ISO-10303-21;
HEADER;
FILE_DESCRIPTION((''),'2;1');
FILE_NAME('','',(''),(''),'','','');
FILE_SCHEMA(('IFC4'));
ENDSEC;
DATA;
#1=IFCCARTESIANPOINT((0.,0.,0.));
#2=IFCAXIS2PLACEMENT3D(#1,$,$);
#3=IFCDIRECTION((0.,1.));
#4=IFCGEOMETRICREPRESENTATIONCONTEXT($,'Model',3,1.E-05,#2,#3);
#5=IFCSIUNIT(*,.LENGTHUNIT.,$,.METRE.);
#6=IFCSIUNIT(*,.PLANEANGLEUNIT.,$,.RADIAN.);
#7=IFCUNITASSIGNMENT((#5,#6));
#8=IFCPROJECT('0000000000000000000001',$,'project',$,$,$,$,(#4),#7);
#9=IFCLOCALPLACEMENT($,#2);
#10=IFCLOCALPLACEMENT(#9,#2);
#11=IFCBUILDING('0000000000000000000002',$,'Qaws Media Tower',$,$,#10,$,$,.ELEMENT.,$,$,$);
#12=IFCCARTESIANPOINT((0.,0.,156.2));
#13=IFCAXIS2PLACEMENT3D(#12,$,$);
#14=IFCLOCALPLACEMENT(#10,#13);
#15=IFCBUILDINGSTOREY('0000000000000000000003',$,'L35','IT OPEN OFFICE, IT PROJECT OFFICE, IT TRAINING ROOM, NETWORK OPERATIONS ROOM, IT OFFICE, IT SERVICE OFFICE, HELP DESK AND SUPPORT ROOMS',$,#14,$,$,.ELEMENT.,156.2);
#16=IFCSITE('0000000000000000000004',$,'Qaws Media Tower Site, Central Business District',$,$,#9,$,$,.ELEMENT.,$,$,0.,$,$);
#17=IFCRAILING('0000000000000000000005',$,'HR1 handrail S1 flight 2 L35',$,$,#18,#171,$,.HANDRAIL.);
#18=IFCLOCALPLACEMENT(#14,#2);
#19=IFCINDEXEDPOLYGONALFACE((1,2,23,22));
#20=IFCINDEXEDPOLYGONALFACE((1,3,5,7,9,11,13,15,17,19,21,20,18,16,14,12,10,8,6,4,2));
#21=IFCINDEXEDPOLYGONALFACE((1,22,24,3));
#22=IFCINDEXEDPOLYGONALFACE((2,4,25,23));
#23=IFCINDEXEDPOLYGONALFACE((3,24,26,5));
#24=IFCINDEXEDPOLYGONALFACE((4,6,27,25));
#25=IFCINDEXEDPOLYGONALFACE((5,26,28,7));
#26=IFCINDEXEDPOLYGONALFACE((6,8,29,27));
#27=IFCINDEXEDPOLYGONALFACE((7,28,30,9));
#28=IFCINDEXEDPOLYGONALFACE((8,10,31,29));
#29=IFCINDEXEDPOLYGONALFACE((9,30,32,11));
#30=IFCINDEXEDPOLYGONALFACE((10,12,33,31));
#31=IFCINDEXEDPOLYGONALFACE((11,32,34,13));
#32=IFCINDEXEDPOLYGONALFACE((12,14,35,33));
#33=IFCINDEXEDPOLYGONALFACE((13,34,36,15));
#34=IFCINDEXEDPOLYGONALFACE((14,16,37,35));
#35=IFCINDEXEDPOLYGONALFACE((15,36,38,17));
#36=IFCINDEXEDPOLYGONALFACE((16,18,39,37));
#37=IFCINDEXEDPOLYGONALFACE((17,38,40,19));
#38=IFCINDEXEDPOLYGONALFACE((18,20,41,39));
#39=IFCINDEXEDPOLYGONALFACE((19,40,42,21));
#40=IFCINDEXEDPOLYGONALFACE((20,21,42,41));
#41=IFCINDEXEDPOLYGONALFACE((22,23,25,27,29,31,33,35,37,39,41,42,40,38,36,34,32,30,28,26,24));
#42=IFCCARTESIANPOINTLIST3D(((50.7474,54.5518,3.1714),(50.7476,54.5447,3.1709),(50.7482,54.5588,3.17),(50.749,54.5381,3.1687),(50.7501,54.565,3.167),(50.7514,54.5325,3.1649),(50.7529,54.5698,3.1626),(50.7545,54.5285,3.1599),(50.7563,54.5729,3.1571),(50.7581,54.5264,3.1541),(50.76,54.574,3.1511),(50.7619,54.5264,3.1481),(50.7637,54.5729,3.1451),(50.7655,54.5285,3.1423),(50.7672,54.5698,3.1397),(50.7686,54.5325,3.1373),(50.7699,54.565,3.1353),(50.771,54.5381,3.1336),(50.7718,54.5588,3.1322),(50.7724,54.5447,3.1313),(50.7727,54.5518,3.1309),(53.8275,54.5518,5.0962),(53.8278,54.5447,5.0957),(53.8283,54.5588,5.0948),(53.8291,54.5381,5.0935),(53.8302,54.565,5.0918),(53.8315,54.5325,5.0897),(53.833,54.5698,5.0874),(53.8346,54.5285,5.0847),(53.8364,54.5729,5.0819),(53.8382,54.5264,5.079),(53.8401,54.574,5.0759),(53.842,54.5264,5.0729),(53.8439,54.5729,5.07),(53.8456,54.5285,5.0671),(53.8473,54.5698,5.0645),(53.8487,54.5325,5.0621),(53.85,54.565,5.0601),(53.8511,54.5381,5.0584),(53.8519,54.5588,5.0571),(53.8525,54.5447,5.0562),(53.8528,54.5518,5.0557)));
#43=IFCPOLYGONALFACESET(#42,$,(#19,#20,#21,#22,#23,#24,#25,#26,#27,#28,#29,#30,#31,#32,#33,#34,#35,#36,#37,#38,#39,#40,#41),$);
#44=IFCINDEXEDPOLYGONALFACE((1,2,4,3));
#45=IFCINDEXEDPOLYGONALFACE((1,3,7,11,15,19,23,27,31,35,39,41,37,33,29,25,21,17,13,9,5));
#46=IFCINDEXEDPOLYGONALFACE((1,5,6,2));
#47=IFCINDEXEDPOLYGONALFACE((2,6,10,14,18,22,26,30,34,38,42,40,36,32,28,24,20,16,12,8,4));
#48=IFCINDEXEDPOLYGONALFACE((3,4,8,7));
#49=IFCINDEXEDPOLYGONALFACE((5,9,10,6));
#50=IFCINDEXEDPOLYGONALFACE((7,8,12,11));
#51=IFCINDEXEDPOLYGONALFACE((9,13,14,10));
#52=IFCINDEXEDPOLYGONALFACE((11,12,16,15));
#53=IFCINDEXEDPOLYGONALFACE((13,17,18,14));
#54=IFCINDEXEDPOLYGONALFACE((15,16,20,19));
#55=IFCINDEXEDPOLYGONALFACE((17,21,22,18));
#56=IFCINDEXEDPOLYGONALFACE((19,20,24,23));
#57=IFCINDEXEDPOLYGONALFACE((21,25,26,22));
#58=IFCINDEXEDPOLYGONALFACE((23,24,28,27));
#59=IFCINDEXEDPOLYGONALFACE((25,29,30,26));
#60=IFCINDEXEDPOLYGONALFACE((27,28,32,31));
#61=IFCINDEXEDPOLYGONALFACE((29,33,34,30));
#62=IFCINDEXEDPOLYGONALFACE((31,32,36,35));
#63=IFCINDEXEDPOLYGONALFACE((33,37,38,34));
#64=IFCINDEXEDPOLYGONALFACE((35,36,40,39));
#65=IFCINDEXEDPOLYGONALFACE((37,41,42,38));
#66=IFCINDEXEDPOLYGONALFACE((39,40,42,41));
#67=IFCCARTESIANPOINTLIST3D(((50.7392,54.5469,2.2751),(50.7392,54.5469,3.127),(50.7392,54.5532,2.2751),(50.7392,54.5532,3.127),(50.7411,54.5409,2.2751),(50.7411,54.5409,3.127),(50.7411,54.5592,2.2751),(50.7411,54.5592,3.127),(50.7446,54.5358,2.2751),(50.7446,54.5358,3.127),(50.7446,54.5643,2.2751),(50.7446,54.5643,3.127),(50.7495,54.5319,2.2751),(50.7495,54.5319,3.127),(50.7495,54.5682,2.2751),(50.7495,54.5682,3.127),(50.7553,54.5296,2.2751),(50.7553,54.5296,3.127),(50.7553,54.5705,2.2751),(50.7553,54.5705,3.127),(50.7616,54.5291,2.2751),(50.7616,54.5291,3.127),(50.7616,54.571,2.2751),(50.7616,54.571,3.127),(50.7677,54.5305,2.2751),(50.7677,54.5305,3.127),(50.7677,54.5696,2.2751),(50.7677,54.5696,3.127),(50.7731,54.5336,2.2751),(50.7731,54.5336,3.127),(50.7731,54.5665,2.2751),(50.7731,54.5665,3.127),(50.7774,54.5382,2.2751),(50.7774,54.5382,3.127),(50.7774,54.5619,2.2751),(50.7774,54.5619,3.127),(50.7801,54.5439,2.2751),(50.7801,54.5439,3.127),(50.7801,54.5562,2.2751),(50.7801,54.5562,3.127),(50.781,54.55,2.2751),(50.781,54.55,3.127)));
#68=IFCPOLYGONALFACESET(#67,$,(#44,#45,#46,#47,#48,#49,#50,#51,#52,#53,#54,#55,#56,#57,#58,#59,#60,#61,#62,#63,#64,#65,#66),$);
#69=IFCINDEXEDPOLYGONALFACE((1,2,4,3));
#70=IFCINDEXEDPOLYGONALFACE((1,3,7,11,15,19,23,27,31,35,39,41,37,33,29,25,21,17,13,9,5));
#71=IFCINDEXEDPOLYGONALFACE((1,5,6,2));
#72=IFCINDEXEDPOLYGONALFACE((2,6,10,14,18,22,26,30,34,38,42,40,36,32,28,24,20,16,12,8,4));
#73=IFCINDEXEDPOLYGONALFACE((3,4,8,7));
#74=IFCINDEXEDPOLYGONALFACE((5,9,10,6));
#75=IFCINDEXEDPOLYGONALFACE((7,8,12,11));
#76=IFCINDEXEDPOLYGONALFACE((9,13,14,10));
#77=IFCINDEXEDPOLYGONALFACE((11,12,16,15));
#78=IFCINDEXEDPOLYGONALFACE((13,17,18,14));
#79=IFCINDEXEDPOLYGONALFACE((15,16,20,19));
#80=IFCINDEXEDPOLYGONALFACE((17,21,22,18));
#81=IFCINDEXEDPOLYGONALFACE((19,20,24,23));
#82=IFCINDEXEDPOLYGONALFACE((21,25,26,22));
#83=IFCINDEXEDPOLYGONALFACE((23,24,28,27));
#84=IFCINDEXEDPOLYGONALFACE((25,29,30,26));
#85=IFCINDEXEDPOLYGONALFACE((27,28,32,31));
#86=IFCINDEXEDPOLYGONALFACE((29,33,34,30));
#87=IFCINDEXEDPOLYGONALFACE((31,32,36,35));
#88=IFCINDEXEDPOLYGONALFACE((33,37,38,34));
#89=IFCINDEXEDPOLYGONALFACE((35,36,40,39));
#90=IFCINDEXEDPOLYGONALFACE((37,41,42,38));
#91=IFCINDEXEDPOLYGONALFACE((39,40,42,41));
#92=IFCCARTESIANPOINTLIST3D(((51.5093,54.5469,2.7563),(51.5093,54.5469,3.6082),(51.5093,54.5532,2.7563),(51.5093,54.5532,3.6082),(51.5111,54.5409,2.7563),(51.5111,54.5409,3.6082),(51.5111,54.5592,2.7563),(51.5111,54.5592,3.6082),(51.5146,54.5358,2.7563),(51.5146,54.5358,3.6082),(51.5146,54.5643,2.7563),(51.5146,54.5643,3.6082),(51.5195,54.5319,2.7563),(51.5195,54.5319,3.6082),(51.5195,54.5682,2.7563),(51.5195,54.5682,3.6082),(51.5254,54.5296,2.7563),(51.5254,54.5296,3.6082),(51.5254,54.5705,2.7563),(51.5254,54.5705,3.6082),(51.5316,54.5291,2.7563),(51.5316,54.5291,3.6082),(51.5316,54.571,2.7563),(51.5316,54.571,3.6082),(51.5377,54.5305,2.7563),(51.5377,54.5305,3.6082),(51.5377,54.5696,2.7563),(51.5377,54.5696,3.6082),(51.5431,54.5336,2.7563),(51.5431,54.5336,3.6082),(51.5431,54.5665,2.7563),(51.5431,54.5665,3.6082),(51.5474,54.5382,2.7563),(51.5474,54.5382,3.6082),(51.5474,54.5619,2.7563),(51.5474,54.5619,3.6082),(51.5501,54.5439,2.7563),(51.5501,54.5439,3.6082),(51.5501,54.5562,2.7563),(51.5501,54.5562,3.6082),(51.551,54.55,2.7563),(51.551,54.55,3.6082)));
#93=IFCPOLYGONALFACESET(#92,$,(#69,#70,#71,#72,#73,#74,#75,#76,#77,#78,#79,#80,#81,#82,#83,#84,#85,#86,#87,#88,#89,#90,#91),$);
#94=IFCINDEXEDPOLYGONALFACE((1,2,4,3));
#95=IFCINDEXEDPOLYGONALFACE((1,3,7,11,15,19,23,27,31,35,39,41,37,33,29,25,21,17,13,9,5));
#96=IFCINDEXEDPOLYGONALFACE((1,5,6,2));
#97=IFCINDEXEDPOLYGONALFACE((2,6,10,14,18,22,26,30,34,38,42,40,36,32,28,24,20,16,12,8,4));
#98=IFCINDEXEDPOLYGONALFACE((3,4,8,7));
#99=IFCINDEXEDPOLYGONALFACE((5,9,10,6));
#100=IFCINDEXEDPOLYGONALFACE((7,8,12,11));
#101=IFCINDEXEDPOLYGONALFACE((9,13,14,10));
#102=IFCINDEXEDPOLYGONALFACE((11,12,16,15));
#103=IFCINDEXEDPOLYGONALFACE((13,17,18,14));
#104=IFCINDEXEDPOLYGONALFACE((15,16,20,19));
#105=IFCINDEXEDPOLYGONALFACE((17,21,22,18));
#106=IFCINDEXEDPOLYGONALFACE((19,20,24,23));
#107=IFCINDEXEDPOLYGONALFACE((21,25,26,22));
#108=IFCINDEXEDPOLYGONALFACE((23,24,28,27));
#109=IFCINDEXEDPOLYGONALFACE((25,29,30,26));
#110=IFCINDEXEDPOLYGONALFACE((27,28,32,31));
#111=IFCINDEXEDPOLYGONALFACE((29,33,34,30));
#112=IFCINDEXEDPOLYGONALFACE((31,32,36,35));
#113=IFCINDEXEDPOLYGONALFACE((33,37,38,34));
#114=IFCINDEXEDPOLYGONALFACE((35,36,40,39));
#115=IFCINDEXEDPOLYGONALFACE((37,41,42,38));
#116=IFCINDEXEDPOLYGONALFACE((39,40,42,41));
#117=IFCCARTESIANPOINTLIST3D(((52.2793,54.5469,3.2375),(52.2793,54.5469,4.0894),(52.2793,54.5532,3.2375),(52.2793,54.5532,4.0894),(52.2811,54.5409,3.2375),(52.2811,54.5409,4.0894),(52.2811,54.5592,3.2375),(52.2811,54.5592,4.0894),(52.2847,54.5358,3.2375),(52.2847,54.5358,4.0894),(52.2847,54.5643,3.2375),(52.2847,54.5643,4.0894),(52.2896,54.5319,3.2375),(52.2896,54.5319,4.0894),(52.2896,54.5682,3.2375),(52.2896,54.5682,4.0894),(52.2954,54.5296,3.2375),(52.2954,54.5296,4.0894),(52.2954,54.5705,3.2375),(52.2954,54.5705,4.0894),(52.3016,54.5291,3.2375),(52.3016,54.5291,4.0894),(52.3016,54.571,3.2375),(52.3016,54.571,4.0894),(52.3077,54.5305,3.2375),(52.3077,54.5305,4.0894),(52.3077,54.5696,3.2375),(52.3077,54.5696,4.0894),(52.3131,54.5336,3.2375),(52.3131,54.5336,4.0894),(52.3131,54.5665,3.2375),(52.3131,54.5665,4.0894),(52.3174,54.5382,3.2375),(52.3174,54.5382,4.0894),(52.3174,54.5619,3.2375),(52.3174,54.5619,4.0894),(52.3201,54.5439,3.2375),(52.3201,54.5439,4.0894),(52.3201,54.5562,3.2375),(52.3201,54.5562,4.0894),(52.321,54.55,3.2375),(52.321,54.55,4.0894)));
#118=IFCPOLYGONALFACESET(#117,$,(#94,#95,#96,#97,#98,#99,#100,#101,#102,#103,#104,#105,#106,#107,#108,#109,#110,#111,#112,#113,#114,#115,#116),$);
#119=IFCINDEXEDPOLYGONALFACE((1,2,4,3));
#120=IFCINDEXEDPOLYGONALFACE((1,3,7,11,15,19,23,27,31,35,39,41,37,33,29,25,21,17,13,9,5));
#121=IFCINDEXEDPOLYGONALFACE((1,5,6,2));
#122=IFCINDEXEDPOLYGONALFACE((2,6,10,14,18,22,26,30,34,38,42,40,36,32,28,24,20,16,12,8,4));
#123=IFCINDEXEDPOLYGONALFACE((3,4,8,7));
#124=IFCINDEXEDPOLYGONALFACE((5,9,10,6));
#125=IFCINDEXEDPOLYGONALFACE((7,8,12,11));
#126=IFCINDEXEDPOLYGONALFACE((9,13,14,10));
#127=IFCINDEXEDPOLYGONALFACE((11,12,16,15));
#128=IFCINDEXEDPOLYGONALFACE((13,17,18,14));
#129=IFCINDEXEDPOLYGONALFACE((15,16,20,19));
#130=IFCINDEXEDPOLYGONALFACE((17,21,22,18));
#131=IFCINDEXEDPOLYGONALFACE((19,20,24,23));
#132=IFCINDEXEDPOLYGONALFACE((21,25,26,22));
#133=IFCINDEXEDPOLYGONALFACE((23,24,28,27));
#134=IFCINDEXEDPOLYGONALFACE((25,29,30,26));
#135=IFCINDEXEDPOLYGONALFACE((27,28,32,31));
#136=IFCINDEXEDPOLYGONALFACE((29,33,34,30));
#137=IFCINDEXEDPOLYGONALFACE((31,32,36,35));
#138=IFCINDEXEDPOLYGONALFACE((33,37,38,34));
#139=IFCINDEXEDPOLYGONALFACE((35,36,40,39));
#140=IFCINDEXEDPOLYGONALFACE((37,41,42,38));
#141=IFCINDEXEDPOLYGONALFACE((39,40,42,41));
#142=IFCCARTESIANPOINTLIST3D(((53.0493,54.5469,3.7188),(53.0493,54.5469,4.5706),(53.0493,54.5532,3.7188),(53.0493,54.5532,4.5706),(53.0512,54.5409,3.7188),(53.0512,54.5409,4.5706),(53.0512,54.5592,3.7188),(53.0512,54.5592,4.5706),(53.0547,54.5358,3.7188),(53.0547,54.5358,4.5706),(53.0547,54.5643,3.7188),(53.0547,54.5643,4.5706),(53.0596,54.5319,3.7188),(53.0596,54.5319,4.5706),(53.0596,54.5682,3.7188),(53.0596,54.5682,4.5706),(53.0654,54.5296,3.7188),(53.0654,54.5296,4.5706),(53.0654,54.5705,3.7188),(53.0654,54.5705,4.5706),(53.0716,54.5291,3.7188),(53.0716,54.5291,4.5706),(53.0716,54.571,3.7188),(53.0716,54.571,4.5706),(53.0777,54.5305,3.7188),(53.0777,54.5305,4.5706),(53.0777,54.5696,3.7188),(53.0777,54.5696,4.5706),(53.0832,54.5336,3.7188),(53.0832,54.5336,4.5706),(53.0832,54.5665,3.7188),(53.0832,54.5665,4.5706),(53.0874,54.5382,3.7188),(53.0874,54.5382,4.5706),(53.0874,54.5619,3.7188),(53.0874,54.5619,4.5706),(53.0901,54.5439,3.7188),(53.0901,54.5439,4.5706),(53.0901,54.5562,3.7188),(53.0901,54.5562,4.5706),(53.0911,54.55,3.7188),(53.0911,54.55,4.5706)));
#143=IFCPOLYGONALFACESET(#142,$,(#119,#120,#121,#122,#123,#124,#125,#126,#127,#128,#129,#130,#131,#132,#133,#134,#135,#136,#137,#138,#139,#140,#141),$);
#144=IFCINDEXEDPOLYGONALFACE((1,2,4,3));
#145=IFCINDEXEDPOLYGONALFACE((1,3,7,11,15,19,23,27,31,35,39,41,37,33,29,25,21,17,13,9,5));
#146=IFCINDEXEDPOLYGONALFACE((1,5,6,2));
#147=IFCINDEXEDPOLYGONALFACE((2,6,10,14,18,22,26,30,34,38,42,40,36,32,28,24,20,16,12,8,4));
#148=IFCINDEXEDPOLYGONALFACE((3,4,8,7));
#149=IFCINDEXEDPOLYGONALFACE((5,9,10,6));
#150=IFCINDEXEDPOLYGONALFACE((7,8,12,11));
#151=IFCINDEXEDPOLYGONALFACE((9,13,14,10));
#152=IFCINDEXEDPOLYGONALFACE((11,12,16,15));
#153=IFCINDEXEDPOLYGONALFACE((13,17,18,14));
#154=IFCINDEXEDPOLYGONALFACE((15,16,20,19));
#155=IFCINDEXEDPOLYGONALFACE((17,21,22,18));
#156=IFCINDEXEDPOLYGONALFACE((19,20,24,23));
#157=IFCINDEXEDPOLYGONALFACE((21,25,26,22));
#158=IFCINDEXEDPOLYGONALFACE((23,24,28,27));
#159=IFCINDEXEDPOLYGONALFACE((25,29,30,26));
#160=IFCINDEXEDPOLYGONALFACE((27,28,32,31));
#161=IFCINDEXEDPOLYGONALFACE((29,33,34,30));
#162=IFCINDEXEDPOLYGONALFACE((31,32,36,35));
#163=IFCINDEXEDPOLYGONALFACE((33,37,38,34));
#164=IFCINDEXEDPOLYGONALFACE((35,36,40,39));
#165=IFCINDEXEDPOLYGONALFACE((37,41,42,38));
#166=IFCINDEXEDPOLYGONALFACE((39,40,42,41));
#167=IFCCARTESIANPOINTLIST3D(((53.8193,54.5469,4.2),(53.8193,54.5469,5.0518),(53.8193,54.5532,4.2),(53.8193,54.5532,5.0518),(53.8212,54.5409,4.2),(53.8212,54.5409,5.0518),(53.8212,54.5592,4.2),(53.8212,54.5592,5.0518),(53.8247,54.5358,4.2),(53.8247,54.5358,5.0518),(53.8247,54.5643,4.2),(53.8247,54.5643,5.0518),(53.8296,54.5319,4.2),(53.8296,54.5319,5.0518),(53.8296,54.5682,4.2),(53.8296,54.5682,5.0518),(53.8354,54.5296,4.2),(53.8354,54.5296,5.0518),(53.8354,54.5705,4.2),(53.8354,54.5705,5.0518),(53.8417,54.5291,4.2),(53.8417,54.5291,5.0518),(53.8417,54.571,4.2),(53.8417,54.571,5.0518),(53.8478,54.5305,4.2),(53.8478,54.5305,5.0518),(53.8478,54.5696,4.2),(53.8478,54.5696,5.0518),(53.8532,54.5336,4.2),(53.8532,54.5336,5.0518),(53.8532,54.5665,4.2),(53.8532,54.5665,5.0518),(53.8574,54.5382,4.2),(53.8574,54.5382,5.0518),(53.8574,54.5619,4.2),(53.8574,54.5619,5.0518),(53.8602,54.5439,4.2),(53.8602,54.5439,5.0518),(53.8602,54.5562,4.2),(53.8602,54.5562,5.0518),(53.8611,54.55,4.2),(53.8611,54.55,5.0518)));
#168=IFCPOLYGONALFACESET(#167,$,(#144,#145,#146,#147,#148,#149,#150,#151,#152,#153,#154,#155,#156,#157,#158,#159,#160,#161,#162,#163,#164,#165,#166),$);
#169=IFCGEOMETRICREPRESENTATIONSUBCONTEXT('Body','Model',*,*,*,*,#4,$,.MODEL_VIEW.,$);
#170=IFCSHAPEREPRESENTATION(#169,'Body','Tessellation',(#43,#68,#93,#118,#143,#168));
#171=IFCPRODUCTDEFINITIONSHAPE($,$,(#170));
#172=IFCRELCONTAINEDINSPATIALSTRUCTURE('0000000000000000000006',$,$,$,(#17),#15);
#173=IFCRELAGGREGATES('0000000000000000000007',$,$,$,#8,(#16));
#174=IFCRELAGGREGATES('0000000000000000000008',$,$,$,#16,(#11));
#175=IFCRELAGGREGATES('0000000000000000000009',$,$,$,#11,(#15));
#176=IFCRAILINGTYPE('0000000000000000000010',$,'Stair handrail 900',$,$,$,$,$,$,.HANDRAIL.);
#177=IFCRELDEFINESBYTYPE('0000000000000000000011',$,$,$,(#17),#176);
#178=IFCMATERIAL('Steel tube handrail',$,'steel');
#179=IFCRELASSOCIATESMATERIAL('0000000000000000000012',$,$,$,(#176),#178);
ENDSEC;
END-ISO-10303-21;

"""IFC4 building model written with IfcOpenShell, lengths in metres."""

from ifc_helpers import new_model, si_unit, direction, frame, origin, origin_2d, place, context, subcontext, project, spatial, circle, extrude, material, type_object, element, save


model = new_model("IFC4")

# Units and contexts
model_context = context("Model", 3, precision=1e-05, world=origin(), true_north=direction((0.0, 1.0)))
body_context = subcontext(model_context, "Body", "Model", "MODEL_VIEW")
ifc_project = project(units=[si_unit("LENGTHUNIT", "METRE"), si_unit("PLANEANGLEUNIT", "RADIAN")], contexts=[model_context])

# Site, building, storey
site_placement = place(None, origin())
site = spatial("IfcSite", under=ifc_project, at=site_placement, Name="Qaws Media Tower Site, Central Business District", CompositionType="ELEMENT", RefElevation=0.0)
building_placement = place(site_placement, origin())
building = spatial("IfcBuilding", under=site, at=building_placement, Name="Qaws Media Tower", CompositionType="ELEMENT")
storey_placement = place(building_placement, frame((0.0, 0.0, 156.2)))
storey = spatial("IfcBuildingStorey", under=building, at=storey_placement, Name="L35", Description="IT OPEN OFFICE, IT PROJECT OFFICE, IT TRAINING ROOM, NETWORK OPERATIONS ROOM, IT OFFICE, IT SERVICE OFFICE, HELP DESK AND SUPPORT ROOMS", CompositionType="ELEMENT", Elevation=156.2)

# Railing
ifc_material_1 = material(Name="Steel tube handrail", Category="steel")
railing_type = type_object("IfcRailingType", Name="Stair handrail 900", PredefinedType="HANDRAIL", material=ifc_material_1)
for number, where, name in (
    (1, (50.76, 54.55, 2.2751), "HR1 handrail S1 flight 2 L35"),
):
    element("IfcRailing", number, at=place(storey_placement, frame(where)), inside=storey, type_object=railing_type, Name=name, PredefinedType="HANDRAIL", context=body_context, shape_type="SweptSolid", body=[
        extrude(circle(Radius=0.0239, at=origin_2d()), frame((0.0, 0.0, 0.876), z_axis=(0.848029, 0.0, 0.529951), x_axis=(0.0, 1.0, 0.0)), (0.0, 0.0, 1.0), 3.6321),
        extrude(circle(Radius=0.021, at=origin_2d()), origin(), (0.0, 0.0, 1.0), 0.8518),
        extrude(circle(Radius=0.021, at=origin_2d()), frame((0.77, 0.0, 0.4812)), (0.0, 0.0, 1.0), 0.8518),
        extrude(circle(Radius=0.021, at=origin_2d()), frame((1.54, 0.0, 0.9624)), (0.0, 0.0, 1.0), 0.8518),
        extrude(circle(Radius=0.021, at=origin_2d()), frame((2.3101, 0.0, 1.4436)), (0.0, 0.0, 1.0), 0.8518),
        extrude(circle(Radius=0.021, at=origin_2d()), frame((3.0801, 0.0, 1.9248)), (0.0, 0.0, 1.0), 0.8518),
    ])

save(model, "model.ifc")
